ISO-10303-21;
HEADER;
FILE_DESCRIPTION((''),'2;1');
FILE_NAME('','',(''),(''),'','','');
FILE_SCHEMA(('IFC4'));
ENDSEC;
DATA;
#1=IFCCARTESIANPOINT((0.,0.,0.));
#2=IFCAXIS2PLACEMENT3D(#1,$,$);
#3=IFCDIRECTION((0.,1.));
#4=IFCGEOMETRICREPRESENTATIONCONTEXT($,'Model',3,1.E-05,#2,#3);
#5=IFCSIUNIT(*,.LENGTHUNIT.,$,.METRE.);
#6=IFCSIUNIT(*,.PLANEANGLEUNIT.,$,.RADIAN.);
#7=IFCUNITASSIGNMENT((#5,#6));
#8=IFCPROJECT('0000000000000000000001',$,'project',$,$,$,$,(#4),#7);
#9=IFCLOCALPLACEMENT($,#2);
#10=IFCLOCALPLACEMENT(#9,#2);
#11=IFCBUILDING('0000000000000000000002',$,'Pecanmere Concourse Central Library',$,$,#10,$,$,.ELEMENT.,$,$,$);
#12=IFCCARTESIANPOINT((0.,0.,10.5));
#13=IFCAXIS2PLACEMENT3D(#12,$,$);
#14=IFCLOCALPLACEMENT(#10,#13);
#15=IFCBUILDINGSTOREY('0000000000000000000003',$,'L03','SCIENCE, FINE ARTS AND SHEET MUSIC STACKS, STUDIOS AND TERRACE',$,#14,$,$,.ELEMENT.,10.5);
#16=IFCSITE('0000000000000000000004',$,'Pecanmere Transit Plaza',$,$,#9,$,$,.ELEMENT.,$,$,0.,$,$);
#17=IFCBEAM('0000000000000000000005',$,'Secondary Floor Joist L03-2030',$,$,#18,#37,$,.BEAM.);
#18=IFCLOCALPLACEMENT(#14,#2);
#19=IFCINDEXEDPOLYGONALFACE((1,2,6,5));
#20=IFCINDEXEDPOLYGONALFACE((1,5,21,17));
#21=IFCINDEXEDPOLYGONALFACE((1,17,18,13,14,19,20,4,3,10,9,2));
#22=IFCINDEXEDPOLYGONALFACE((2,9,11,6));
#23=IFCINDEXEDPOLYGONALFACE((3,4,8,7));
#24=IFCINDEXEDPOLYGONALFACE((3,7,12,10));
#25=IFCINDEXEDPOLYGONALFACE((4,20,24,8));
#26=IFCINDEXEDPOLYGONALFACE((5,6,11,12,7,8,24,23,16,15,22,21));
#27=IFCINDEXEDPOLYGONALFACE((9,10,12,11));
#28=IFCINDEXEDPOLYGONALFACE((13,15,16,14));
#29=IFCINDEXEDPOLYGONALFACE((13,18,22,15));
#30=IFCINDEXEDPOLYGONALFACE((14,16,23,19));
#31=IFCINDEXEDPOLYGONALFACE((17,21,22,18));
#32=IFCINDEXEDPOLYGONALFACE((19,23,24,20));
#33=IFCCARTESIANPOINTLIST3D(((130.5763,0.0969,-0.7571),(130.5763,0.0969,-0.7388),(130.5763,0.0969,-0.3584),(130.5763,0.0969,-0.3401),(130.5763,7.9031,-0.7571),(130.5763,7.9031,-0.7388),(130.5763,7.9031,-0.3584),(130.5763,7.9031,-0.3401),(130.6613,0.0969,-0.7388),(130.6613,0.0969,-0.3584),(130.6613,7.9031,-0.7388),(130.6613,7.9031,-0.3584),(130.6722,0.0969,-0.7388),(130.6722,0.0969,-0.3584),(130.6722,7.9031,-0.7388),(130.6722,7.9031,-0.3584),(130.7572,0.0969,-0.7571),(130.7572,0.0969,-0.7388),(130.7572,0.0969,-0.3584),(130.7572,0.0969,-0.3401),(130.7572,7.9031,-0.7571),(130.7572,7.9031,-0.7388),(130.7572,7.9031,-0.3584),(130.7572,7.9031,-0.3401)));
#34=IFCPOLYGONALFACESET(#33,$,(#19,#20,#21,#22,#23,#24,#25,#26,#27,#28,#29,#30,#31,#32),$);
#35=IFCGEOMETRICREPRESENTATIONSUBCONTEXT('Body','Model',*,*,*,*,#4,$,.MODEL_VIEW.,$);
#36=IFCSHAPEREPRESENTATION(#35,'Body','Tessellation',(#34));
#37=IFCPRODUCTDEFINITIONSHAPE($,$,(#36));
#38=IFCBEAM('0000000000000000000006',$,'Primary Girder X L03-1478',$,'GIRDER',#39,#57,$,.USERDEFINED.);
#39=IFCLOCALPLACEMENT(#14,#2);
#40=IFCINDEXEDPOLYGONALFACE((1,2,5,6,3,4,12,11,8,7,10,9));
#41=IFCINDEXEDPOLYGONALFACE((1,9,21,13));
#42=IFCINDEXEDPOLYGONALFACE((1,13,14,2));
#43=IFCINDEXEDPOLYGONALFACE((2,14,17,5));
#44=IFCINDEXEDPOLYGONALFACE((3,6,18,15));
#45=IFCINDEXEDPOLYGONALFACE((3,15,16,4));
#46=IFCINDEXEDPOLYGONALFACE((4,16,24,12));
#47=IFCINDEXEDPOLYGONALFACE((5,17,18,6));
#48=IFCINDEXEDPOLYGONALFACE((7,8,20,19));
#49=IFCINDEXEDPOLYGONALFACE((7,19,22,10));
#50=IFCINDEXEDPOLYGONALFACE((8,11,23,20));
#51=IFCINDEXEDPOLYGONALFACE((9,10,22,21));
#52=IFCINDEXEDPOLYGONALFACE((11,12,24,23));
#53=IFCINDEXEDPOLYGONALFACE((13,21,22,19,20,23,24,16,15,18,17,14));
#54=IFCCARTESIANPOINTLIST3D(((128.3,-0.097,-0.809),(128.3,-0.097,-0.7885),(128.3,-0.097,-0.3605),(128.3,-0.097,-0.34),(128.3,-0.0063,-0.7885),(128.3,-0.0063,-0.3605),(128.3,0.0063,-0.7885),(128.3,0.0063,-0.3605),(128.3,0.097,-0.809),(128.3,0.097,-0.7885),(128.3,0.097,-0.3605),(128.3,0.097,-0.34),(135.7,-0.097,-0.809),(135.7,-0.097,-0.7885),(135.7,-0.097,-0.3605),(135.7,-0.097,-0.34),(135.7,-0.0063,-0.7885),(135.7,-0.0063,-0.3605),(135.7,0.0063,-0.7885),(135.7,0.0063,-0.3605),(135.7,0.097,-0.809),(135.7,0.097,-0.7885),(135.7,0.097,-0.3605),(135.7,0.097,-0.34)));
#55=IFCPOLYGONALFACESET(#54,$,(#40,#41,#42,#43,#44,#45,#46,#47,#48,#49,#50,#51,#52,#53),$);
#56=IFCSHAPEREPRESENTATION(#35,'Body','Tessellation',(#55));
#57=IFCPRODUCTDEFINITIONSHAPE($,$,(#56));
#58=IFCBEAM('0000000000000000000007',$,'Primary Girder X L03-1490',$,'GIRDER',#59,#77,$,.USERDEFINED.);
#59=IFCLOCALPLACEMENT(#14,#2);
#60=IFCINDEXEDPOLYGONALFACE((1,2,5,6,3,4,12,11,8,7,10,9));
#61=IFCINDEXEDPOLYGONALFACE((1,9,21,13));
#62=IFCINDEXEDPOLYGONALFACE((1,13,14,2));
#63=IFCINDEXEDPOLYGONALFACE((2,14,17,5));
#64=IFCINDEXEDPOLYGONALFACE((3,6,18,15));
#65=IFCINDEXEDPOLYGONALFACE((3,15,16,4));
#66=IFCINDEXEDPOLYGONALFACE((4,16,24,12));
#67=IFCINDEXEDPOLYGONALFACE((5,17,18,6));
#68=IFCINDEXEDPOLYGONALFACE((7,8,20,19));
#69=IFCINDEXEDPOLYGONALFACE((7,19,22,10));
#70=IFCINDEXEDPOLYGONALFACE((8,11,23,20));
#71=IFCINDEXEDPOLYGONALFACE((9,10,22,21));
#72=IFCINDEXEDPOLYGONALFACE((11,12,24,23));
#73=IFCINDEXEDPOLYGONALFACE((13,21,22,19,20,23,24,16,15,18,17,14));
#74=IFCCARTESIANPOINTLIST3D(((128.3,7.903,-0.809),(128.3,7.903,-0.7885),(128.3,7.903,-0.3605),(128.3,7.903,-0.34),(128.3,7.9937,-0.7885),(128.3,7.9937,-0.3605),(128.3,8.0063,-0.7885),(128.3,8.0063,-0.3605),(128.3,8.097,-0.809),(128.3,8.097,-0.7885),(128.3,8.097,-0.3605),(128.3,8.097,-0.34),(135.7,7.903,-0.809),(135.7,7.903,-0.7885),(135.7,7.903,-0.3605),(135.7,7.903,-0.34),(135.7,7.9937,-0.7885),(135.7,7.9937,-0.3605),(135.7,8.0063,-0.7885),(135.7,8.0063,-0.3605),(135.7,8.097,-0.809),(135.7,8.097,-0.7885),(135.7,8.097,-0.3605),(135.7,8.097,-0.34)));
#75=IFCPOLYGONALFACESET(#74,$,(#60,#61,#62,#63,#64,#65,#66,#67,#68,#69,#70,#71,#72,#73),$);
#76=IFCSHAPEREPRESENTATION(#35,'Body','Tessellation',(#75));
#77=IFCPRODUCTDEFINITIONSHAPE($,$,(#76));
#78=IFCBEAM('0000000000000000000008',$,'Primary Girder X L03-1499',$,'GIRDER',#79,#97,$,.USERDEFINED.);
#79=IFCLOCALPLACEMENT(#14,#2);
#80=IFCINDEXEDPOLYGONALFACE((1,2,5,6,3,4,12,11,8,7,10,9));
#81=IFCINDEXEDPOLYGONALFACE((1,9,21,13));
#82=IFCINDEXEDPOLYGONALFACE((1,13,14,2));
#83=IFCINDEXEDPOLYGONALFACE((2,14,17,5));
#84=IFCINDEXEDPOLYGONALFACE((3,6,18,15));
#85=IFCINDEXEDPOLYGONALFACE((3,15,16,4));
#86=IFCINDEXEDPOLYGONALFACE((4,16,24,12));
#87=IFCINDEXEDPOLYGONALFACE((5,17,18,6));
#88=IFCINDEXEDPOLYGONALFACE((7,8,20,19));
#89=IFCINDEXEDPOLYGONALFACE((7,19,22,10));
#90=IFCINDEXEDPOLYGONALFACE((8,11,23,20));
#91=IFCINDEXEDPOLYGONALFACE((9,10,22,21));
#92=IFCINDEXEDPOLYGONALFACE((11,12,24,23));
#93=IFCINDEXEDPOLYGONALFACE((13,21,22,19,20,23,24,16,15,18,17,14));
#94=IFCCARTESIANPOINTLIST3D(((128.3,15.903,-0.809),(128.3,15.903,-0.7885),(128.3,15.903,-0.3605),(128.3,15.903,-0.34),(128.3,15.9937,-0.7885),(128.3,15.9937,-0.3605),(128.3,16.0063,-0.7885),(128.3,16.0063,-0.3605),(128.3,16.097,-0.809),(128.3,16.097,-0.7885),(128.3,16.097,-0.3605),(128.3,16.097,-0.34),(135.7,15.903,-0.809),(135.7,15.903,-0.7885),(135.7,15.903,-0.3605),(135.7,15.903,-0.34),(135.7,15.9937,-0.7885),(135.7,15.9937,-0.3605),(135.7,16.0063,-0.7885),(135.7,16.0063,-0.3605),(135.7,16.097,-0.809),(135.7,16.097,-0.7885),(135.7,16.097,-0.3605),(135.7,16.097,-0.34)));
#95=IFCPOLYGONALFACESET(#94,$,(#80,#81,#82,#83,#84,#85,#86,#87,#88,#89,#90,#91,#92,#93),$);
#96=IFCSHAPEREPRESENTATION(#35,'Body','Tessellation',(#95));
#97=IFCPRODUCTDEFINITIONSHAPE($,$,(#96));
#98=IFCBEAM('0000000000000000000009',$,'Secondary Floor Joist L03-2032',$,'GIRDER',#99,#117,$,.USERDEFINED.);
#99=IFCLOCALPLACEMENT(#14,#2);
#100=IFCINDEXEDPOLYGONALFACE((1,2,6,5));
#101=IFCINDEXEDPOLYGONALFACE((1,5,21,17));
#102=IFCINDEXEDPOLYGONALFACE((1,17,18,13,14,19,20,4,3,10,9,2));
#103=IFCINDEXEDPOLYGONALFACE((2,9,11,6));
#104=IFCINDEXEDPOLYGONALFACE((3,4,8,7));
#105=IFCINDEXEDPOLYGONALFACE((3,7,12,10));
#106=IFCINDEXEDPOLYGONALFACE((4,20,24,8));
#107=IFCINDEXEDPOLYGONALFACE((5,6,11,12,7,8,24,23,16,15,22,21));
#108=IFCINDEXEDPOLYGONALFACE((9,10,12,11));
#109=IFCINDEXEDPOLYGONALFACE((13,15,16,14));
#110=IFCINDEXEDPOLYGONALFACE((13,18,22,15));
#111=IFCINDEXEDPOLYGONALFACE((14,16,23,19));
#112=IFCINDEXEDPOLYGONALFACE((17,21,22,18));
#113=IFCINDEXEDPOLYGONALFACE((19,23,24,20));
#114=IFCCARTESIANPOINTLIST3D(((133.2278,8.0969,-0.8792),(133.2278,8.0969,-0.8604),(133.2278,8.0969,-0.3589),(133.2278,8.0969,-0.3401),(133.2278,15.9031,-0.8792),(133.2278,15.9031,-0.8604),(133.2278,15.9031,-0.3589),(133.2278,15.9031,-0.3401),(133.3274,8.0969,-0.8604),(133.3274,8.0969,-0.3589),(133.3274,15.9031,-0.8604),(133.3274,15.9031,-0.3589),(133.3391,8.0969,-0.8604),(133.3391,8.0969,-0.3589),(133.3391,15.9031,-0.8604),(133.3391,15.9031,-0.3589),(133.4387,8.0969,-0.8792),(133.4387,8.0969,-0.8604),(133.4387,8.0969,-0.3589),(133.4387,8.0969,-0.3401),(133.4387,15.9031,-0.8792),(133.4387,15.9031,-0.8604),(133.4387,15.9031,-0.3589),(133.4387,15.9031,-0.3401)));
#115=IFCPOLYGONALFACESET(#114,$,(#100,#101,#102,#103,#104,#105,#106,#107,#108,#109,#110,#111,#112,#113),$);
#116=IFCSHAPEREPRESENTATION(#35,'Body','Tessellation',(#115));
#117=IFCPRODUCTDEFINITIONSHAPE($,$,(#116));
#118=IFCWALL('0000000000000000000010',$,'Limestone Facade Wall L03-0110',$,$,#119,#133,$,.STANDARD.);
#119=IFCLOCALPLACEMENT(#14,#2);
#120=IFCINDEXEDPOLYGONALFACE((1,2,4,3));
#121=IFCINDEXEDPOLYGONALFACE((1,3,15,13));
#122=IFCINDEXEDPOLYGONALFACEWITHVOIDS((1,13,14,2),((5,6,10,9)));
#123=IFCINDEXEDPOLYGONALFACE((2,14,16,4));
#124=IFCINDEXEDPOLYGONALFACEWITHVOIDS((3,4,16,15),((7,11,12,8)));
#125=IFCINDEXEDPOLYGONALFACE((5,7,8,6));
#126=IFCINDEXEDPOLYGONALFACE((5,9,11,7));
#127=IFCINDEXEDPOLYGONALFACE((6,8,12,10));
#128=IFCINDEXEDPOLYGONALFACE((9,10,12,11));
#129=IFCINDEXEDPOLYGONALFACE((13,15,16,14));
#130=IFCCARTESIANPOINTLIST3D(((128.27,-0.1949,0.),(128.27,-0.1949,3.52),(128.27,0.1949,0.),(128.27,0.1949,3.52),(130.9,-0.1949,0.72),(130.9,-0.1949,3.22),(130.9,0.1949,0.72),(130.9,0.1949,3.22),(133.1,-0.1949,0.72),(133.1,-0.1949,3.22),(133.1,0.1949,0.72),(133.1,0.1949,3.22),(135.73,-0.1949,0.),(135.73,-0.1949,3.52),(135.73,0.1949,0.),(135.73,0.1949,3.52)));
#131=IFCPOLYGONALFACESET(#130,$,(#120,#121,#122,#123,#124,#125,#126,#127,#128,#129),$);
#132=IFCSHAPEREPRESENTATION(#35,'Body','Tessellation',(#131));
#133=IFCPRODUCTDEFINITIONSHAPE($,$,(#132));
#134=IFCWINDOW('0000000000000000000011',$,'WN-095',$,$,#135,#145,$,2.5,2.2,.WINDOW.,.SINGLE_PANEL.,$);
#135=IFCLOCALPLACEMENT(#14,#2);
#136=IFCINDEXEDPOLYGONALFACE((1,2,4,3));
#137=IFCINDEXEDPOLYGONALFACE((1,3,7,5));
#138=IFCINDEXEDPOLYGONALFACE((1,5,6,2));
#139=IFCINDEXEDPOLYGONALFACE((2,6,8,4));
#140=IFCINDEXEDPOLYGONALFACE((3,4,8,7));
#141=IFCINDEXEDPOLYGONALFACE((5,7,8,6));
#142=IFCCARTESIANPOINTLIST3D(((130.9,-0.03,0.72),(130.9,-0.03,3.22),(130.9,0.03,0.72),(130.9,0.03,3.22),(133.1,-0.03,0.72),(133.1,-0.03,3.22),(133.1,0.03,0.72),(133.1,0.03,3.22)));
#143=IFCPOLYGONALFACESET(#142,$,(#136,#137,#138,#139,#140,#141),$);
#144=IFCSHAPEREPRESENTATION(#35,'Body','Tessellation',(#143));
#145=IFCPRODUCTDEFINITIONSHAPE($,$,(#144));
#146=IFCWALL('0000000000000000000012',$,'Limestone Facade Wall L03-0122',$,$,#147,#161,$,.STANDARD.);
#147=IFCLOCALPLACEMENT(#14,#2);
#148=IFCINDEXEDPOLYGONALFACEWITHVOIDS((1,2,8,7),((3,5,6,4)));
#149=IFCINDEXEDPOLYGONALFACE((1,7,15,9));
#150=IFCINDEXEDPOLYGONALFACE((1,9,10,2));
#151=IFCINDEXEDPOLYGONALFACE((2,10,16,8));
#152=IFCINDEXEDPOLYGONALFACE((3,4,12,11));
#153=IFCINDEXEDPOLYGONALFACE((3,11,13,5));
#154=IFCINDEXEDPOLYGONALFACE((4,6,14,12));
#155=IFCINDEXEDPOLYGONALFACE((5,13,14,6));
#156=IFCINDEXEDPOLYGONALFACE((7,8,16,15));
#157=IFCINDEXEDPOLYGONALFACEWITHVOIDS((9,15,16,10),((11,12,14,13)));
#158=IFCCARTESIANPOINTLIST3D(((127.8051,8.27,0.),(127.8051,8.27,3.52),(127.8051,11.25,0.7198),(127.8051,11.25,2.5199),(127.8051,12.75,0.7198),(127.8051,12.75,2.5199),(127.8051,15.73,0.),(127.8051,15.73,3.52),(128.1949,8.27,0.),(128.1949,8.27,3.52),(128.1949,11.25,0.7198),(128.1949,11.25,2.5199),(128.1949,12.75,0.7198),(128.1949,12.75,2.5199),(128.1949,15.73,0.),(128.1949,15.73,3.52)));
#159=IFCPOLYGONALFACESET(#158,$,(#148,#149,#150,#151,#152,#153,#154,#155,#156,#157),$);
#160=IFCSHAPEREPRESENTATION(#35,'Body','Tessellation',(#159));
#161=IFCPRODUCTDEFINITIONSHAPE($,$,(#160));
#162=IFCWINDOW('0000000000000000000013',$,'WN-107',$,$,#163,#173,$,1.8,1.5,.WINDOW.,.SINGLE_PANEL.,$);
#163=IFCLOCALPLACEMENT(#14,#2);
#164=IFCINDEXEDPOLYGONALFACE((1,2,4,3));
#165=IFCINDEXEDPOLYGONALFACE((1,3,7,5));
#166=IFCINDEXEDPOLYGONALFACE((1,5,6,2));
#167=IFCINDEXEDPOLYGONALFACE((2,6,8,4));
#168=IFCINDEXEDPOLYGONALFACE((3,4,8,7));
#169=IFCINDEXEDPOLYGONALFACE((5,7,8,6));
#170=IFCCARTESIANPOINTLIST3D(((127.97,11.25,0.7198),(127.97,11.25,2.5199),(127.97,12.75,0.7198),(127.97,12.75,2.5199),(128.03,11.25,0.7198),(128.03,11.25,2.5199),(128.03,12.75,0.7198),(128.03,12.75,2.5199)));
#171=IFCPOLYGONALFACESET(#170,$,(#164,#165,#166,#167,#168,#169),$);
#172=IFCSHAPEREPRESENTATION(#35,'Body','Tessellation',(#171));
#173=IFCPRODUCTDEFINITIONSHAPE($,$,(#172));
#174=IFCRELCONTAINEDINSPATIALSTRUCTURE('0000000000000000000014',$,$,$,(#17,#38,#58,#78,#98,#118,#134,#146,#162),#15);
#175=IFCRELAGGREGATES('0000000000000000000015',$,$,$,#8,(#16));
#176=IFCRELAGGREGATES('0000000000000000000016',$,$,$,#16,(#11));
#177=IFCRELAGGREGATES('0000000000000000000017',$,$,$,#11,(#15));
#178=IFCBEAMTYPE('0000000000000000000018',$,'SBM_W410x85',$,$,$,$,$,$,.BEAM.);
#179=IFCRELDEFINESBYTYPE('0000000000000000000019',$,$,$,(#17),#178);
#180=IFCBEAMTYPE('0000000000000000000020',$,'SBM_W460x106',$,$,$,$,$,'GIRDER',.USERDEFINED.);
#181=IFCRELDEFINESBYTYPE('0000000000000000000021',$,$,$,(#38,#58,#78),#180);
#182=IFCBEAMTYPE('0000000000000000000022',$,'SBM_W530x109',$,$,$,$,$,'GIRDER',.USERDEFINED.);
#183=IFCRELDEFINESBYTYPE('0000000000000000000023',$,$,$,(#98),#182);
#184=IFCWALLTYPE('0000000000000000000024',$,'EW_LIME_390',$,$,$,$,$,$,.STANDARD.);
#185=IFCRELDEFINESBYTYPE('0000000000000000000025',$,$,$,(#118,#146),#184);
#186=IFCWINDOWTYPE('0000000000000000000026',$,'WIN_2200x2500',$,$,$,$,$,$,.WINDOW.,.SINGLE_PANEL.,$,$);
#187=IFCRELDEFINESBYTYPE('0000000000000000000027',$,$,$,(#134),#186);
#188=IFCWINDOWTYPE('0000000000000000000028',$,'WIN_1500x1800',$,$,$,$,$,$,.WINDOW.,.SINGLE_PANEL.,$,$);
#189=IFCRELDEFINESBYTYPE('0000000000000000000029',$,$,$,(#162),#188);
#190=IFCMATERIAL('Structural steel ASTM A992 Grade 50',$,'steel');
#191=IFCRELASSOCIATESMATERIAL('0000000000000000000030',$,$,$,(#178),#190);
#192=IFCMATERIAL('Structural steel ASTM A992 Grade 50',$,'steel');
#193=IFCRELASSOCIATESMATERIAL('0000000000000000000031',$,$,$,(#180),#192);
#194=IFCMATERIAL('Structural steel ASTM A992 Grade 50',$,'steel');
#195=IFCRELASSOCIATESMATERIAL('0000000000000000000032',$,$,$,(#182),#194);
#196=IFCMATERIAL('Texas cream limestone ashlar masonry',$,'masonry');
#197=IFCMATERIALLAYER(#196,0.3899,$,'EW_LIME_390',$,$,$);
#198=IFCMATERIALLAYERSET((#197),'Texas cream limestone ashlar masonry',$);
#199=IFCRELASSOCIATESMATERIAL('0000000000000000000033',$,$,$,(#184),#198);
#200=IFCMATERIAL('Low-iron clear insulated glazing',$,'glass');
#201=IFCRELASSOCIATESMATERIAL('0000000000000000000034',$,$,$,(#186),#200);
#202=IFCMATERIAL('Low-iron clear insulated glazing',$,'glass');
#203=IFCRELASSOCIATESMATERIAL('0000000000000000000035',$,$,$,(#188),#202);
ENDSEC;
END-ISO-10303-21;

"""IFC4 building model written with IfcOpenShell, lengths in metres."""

from ifc_helpers import new_model, si_unit, direction, frame, frame_2d, origin, origin_2d, place, context, subcontext, project, spatial, rectangle, i_section, extrude, material, layer, layer_set, material_profile, profile_set, type_object, element, fill, save


model = new_model("IFC4")

# Units and contexts
model_context = context("Model", 3, precision=1e-05, world=origin(), true_north=direction((0.0, 1.0)))
body_context = subcontext(model_context, "Body", "Model", "MODEL_VIEW")
ifc_project = project(units=[si_unit("LENGTHUNIT", "METRE"), si_unit("PLANEANGLEUNIT", "RADIAN")], contexts=[model_context])

# Site, building, storey
site_placement = place(None, origin())
site = spatial("IfcSite", under=ifc_project, at=site_placement, Name="Pecanmere Transit Plaza", CompositionType="ELEMENT", RefElevation=0.0)
building_placement = place(site_placement, origin())
building = spatial("IfcBuilding", under=site, at=building_placement, Name="Pecanmere Concourse Central Library", CompositionType="ELEMENT")
storey_placement = place(building_placement, frame((0.0, 0.0, 10.5)))
storey = spatial("IfcBuildingStorey", under=building, at=storey_placement, Name="L03", Description="SCIENCE, FINE ARTS AND SHEET MUSIC STACKS, STUDIOS AND TERRACE", CompositionType="ELEMENT", Elevation=10.5)

# Beams
ifc_material_1 = material(Name="Structural steel ASTM A992 Grade 50", Category="steel")
ifc_material_profile_1 = material_profile(ifc_material_1, i_section(OverallWidth=0.1809, OverallDepth=0.417, WebThickness=0.011, FlangeThickness=0.0183, at=origin_2d()), Name="W410x85")
ifc_profile_set_1 = profile_set([ifc_material_profile_1], Name="Structural steel ASTM A992 Grade 50")
beam_type_1 = type_object("IfcBeamType", Name="SBM_W410x85", PredefinedType="BEAM", material=ifc_profile_set_1)
beam_1_placement = place(storey_placement, frame((130.6667, 0.0969, -0.5486), z_axis=(0.0, 1.0, 0.0), x_axis=(-1.0, 0.0, 0.0)))
element("IfcBeam", 1, at=beam_1_placement, inside=storey, type_object=beam_type_1, Name="Secondary Floor Joist L03-2030", PredefinedType="BEAM", context=body_context, shape_type="SweptSolid", body=[
    extrude(i_section(OverallWidth=0.1809, OverallDepth=0.417, WebThickness=0.011, FlangeThickness=0.0183, at=origin_2d()), origin(), (0.0, 0.0, 1.0), 7.8062),
])
ifc_material_2 = material(Name="Structural steel ASTM A992 Grade 50", Category="steel")
ifc_material_profile_2 = material_profile(ifc_material_2, i_section(OverallWidth=0.1941, OverallDepth=0.469, WebThickness=0.0127, FlangeThickness=0.0205, at=origin_2d()), Name="W460x106")
ifc_profile_set_2 = profile_set([ifc_material_profile_2], Name="Structural steel ASTM A992 Grade 50")
beam_type_2 = type_object("IfcBeamType", Name="SBM_W460x106", ElementType="GIRDER", PredefinedType="USERDEFINED", material=ifc_profile_set_2)
for number, where, z_axis, x_axis, name in (
    (2, (128.3, 0.0, -0.5745), (1.0, 0.0, 0.0), (0.0, 1.0, 0.0), "Primary Girder X L03-1478"),
    (3, (128.3, 8.0, -0.5745), (1.0, 0.0, 0.0), (0.0, 1.0, 0.0), "Primary Girder X L03-1490"),
    (4, (128.3, 16.0, -0.5745), (1.0, 0.0, 0.0), (0.0, 1.0, 0.0), "Primary Girder X L03-1499"),
):
    element("IfcBeam", number, at=place(storey_placement, frame(where, z_axis=z_axis, x_axis=x_axis)), inside=storey, type_object=beam_type_2, Name=name, ObjectType="GIRDER", PredefinedType="USERDEFINED", context=body_context, shape_type="SweptSolid", body=[
        extrude(i_section(OverallWidth=0.1941, OverallDepth=0.469, WebThickness=0.0127, FlangeThickness=0.0205, at=origin_2d()), origin(), (0.0, 0.0, 1.0), 7.3999),
    ])
ifc_material_3 = material(Name="Structural steel ASTM A992 Grade 50", Category="steel")
ifc_material_profile_3 = material_profile(ifc_material_3, i_section(OverallWidth=0.2109, OverallDepth=0.5391, WebThickness=0.0117, FlangeThickness=0.0188, at=origin_2d()), Name="W530x109")
ifc_profile_set_3 = profile_set([ifc_material_profile_3], Name="Structural steel ASTM A992 Grade 50")
beam_type_3 = type_object("IfcBeamType", Name="SBM_W530x109", ElementType="GIRDER", PredefinedType="USERDEFINED", material=ifc_profile_set_3)
beam_2_placement = place(storey_placement, frame((133.3333, 8.0969, -0.6096), z_axis=(0.0, 1.0, 0.0), x_axis=(-1.0, 0.0, 0.0)))
element("IfcBeam", 5, at=beam_2_placement, inside=storey, type_object=beam_type_3, Name="Secondary Floor Joist L03-2032", ObjectType="GIRDER", PredefinedType="USERDEFINED", context=body_context, shape_type="SweptSolid", body=[
    extrude(i_section(OverallWidth=0.2109, OverallDepth=0.5391, WebThickness=0.0117, FlangeThickness=0.0188, at=origin_2d()), origin(), (0.0, 0.0, 1.0), 7.8062),
])

# Walls, openings, windows
ifc_material_4 = material(Name="Texas cream limestone ashlar masonry", Category="masonry")
ifc_layer_1 = layer(ifc_material_4, 0.3899, Name="EW_LIME_390")
ifc_layer_set_1 = layer_set([ifc_layer_1], Name="Texas cream limestone ashlar masonry")
wall_type_1 = type_object("IfcWallType", Name="EW_LIME_390", PredefinedType="STANDARD", material=ifc_layer_set_1)
wall_1_placement = place(storey_placement, frame((128.27, 0.0, 0.0), z_axis=(0.0, 0.0, 1.0), x_axis=(1.0, 0.0, 0.0)))
wall_1 = element("IfcWall", 6, at=wall_1_placement, inside=storey, type_object=wall_type_1, Name="Limestone Facade Wall L03-0110", PredefinedType="STANDARD", context=body_context, shape_type="SweptSolid", body=[
    extrude(rectangle(XDim=7.46, YDim=0.3899, at=frame_2d((3.73, 0.0))), origin(), (0.0, 0.0, 1.0), 3.52),
])
opening_1_placement = place(wall_1_placement, frame((2.6299, 0.0, 0.72)))
opening_1 = element("IfcOpeningElement", 7, at=opening_1_placement, cuts=wall_1, PredefinedType="OPENING", context=body_context, shape_type="SweptSolid", body=[
    extrude(rectangle(XDim=2.2, YDim=2.5, at=frame_2d((1.1001, 1.25))), frame((0.0, 0.207, 0.0), z_axis=(0.0, -1.0, 0.0), x_axis=(1.0, 0.0, 0.0)), (0.0, 0.0, 1.0), 0.4138),
])
ifc_material_5 = material(Name="Low-iron clear insulated glazing", Category="glass")
window_type_1 = type_object("IfcWindowType", Name="WIN_2200x2500", PartitioningType="SINGLE_PANEL", PredefinedType="WINDOW", material=ifc_material_5)
window_1_placement = place(opening_1_placement, origin())
window_1 = element("IfcWindow", 8, at=window_1_placement, inside=storey, type_object=window_type_1, Name="WN-095", OverallHeight=2.5, OverallWidth=2.2, PartitioningType="SINGLE_PANEL", PredefinedType="WINDOW", context=body_context, shape_type="SweptSolid", body=[
    extrude(rectangle(XDim=2.2, YDim=2.5, at=frame_2d((1.1001, 1.25))), frame((0.0, 0.03, 0.0), z_axis=(0.0, -1.0, 0.0), x_axis=(1.0, 0.0, 0.0)), (0.0, 0.0, 1.0), 0.0601),
])
fill(opening_1, window_1)
wall_2_placement = place(storey_placement, frame((128.0, 15.73, 0.0), z_axis=(0.0, 0.0, 1.0), x_axis=(0.0, -1.0, 0.0)))
wall_2 = element("IfcWall", 9, at=wall_2_placement, inside=storey, type_object=wall_type_1, Name="Limestone Facade Wall L03-0122", PredefinedType="STANDARD", context=body_context, shape_type="SweptSolid", body=[
    extrude(rectangle(XDim=7.46, YDim=0.3899, at=frame_2d((3.73, 0.0))), origin(), (0.0, 0.0, 1.0), 3.52),
])
opening_2_placement = place(wall_2_placement, frame((2.98, 0.0, 0.72)))
opening_2 = element("IfcOpeningElement", 10, at=opening_2_placement, cuts=wall_2, PredefinedType="OPENING", context=body_context, shape_type="SweptSolid", body=[
    extrude(rectangle(XDim=1.5, YDim=1.8, at=frame_2d((0.75, 0.8999))), frame((0.0, 0.207, 0.0), z_axis=(0.0, -1.0, 0.0), x_axis=(1.0, 0.0, 0.0)), (0.0, 0.0, 1.0), 0.4138),
])
ifc_material_6 = material(Name="Low-iron clear insulated glazing", Category="glass")
window_type_2 = type_object("IfcWindowType", Name="WIN_1500x1800", PartitioningType="SINGLE_PANEL", PredefinedType="WINDOW", material=ifc_material_6)
window_2_placement = place(opening_2_placement, origin())
window_2 = element("IfcWindow", 11, at=window_2_placement, inside=storey, type_object=window_type_2, Name="WN-107", OverallHeight=1.8, OverallWidth=1.5, PartitioningType="SINGLE_PANEL", PredefinedType="WINDOW", context=body_context, shape_type="SweptSolid", body=[
    extrude(rectangle(XDim=1.5, YDim=1.8, at=frame_2d((0.75, 0.8999))), frame((0.0, 0.03, 0.0), z_axis=(0.0, -1.0, 0.0), x_axis=(1.0, 0.0, 0.0)), (0.0, 0.0, 1.0), 0.0601),
])
fill(opening_2, window_2)

save(model, "model.ifc")
